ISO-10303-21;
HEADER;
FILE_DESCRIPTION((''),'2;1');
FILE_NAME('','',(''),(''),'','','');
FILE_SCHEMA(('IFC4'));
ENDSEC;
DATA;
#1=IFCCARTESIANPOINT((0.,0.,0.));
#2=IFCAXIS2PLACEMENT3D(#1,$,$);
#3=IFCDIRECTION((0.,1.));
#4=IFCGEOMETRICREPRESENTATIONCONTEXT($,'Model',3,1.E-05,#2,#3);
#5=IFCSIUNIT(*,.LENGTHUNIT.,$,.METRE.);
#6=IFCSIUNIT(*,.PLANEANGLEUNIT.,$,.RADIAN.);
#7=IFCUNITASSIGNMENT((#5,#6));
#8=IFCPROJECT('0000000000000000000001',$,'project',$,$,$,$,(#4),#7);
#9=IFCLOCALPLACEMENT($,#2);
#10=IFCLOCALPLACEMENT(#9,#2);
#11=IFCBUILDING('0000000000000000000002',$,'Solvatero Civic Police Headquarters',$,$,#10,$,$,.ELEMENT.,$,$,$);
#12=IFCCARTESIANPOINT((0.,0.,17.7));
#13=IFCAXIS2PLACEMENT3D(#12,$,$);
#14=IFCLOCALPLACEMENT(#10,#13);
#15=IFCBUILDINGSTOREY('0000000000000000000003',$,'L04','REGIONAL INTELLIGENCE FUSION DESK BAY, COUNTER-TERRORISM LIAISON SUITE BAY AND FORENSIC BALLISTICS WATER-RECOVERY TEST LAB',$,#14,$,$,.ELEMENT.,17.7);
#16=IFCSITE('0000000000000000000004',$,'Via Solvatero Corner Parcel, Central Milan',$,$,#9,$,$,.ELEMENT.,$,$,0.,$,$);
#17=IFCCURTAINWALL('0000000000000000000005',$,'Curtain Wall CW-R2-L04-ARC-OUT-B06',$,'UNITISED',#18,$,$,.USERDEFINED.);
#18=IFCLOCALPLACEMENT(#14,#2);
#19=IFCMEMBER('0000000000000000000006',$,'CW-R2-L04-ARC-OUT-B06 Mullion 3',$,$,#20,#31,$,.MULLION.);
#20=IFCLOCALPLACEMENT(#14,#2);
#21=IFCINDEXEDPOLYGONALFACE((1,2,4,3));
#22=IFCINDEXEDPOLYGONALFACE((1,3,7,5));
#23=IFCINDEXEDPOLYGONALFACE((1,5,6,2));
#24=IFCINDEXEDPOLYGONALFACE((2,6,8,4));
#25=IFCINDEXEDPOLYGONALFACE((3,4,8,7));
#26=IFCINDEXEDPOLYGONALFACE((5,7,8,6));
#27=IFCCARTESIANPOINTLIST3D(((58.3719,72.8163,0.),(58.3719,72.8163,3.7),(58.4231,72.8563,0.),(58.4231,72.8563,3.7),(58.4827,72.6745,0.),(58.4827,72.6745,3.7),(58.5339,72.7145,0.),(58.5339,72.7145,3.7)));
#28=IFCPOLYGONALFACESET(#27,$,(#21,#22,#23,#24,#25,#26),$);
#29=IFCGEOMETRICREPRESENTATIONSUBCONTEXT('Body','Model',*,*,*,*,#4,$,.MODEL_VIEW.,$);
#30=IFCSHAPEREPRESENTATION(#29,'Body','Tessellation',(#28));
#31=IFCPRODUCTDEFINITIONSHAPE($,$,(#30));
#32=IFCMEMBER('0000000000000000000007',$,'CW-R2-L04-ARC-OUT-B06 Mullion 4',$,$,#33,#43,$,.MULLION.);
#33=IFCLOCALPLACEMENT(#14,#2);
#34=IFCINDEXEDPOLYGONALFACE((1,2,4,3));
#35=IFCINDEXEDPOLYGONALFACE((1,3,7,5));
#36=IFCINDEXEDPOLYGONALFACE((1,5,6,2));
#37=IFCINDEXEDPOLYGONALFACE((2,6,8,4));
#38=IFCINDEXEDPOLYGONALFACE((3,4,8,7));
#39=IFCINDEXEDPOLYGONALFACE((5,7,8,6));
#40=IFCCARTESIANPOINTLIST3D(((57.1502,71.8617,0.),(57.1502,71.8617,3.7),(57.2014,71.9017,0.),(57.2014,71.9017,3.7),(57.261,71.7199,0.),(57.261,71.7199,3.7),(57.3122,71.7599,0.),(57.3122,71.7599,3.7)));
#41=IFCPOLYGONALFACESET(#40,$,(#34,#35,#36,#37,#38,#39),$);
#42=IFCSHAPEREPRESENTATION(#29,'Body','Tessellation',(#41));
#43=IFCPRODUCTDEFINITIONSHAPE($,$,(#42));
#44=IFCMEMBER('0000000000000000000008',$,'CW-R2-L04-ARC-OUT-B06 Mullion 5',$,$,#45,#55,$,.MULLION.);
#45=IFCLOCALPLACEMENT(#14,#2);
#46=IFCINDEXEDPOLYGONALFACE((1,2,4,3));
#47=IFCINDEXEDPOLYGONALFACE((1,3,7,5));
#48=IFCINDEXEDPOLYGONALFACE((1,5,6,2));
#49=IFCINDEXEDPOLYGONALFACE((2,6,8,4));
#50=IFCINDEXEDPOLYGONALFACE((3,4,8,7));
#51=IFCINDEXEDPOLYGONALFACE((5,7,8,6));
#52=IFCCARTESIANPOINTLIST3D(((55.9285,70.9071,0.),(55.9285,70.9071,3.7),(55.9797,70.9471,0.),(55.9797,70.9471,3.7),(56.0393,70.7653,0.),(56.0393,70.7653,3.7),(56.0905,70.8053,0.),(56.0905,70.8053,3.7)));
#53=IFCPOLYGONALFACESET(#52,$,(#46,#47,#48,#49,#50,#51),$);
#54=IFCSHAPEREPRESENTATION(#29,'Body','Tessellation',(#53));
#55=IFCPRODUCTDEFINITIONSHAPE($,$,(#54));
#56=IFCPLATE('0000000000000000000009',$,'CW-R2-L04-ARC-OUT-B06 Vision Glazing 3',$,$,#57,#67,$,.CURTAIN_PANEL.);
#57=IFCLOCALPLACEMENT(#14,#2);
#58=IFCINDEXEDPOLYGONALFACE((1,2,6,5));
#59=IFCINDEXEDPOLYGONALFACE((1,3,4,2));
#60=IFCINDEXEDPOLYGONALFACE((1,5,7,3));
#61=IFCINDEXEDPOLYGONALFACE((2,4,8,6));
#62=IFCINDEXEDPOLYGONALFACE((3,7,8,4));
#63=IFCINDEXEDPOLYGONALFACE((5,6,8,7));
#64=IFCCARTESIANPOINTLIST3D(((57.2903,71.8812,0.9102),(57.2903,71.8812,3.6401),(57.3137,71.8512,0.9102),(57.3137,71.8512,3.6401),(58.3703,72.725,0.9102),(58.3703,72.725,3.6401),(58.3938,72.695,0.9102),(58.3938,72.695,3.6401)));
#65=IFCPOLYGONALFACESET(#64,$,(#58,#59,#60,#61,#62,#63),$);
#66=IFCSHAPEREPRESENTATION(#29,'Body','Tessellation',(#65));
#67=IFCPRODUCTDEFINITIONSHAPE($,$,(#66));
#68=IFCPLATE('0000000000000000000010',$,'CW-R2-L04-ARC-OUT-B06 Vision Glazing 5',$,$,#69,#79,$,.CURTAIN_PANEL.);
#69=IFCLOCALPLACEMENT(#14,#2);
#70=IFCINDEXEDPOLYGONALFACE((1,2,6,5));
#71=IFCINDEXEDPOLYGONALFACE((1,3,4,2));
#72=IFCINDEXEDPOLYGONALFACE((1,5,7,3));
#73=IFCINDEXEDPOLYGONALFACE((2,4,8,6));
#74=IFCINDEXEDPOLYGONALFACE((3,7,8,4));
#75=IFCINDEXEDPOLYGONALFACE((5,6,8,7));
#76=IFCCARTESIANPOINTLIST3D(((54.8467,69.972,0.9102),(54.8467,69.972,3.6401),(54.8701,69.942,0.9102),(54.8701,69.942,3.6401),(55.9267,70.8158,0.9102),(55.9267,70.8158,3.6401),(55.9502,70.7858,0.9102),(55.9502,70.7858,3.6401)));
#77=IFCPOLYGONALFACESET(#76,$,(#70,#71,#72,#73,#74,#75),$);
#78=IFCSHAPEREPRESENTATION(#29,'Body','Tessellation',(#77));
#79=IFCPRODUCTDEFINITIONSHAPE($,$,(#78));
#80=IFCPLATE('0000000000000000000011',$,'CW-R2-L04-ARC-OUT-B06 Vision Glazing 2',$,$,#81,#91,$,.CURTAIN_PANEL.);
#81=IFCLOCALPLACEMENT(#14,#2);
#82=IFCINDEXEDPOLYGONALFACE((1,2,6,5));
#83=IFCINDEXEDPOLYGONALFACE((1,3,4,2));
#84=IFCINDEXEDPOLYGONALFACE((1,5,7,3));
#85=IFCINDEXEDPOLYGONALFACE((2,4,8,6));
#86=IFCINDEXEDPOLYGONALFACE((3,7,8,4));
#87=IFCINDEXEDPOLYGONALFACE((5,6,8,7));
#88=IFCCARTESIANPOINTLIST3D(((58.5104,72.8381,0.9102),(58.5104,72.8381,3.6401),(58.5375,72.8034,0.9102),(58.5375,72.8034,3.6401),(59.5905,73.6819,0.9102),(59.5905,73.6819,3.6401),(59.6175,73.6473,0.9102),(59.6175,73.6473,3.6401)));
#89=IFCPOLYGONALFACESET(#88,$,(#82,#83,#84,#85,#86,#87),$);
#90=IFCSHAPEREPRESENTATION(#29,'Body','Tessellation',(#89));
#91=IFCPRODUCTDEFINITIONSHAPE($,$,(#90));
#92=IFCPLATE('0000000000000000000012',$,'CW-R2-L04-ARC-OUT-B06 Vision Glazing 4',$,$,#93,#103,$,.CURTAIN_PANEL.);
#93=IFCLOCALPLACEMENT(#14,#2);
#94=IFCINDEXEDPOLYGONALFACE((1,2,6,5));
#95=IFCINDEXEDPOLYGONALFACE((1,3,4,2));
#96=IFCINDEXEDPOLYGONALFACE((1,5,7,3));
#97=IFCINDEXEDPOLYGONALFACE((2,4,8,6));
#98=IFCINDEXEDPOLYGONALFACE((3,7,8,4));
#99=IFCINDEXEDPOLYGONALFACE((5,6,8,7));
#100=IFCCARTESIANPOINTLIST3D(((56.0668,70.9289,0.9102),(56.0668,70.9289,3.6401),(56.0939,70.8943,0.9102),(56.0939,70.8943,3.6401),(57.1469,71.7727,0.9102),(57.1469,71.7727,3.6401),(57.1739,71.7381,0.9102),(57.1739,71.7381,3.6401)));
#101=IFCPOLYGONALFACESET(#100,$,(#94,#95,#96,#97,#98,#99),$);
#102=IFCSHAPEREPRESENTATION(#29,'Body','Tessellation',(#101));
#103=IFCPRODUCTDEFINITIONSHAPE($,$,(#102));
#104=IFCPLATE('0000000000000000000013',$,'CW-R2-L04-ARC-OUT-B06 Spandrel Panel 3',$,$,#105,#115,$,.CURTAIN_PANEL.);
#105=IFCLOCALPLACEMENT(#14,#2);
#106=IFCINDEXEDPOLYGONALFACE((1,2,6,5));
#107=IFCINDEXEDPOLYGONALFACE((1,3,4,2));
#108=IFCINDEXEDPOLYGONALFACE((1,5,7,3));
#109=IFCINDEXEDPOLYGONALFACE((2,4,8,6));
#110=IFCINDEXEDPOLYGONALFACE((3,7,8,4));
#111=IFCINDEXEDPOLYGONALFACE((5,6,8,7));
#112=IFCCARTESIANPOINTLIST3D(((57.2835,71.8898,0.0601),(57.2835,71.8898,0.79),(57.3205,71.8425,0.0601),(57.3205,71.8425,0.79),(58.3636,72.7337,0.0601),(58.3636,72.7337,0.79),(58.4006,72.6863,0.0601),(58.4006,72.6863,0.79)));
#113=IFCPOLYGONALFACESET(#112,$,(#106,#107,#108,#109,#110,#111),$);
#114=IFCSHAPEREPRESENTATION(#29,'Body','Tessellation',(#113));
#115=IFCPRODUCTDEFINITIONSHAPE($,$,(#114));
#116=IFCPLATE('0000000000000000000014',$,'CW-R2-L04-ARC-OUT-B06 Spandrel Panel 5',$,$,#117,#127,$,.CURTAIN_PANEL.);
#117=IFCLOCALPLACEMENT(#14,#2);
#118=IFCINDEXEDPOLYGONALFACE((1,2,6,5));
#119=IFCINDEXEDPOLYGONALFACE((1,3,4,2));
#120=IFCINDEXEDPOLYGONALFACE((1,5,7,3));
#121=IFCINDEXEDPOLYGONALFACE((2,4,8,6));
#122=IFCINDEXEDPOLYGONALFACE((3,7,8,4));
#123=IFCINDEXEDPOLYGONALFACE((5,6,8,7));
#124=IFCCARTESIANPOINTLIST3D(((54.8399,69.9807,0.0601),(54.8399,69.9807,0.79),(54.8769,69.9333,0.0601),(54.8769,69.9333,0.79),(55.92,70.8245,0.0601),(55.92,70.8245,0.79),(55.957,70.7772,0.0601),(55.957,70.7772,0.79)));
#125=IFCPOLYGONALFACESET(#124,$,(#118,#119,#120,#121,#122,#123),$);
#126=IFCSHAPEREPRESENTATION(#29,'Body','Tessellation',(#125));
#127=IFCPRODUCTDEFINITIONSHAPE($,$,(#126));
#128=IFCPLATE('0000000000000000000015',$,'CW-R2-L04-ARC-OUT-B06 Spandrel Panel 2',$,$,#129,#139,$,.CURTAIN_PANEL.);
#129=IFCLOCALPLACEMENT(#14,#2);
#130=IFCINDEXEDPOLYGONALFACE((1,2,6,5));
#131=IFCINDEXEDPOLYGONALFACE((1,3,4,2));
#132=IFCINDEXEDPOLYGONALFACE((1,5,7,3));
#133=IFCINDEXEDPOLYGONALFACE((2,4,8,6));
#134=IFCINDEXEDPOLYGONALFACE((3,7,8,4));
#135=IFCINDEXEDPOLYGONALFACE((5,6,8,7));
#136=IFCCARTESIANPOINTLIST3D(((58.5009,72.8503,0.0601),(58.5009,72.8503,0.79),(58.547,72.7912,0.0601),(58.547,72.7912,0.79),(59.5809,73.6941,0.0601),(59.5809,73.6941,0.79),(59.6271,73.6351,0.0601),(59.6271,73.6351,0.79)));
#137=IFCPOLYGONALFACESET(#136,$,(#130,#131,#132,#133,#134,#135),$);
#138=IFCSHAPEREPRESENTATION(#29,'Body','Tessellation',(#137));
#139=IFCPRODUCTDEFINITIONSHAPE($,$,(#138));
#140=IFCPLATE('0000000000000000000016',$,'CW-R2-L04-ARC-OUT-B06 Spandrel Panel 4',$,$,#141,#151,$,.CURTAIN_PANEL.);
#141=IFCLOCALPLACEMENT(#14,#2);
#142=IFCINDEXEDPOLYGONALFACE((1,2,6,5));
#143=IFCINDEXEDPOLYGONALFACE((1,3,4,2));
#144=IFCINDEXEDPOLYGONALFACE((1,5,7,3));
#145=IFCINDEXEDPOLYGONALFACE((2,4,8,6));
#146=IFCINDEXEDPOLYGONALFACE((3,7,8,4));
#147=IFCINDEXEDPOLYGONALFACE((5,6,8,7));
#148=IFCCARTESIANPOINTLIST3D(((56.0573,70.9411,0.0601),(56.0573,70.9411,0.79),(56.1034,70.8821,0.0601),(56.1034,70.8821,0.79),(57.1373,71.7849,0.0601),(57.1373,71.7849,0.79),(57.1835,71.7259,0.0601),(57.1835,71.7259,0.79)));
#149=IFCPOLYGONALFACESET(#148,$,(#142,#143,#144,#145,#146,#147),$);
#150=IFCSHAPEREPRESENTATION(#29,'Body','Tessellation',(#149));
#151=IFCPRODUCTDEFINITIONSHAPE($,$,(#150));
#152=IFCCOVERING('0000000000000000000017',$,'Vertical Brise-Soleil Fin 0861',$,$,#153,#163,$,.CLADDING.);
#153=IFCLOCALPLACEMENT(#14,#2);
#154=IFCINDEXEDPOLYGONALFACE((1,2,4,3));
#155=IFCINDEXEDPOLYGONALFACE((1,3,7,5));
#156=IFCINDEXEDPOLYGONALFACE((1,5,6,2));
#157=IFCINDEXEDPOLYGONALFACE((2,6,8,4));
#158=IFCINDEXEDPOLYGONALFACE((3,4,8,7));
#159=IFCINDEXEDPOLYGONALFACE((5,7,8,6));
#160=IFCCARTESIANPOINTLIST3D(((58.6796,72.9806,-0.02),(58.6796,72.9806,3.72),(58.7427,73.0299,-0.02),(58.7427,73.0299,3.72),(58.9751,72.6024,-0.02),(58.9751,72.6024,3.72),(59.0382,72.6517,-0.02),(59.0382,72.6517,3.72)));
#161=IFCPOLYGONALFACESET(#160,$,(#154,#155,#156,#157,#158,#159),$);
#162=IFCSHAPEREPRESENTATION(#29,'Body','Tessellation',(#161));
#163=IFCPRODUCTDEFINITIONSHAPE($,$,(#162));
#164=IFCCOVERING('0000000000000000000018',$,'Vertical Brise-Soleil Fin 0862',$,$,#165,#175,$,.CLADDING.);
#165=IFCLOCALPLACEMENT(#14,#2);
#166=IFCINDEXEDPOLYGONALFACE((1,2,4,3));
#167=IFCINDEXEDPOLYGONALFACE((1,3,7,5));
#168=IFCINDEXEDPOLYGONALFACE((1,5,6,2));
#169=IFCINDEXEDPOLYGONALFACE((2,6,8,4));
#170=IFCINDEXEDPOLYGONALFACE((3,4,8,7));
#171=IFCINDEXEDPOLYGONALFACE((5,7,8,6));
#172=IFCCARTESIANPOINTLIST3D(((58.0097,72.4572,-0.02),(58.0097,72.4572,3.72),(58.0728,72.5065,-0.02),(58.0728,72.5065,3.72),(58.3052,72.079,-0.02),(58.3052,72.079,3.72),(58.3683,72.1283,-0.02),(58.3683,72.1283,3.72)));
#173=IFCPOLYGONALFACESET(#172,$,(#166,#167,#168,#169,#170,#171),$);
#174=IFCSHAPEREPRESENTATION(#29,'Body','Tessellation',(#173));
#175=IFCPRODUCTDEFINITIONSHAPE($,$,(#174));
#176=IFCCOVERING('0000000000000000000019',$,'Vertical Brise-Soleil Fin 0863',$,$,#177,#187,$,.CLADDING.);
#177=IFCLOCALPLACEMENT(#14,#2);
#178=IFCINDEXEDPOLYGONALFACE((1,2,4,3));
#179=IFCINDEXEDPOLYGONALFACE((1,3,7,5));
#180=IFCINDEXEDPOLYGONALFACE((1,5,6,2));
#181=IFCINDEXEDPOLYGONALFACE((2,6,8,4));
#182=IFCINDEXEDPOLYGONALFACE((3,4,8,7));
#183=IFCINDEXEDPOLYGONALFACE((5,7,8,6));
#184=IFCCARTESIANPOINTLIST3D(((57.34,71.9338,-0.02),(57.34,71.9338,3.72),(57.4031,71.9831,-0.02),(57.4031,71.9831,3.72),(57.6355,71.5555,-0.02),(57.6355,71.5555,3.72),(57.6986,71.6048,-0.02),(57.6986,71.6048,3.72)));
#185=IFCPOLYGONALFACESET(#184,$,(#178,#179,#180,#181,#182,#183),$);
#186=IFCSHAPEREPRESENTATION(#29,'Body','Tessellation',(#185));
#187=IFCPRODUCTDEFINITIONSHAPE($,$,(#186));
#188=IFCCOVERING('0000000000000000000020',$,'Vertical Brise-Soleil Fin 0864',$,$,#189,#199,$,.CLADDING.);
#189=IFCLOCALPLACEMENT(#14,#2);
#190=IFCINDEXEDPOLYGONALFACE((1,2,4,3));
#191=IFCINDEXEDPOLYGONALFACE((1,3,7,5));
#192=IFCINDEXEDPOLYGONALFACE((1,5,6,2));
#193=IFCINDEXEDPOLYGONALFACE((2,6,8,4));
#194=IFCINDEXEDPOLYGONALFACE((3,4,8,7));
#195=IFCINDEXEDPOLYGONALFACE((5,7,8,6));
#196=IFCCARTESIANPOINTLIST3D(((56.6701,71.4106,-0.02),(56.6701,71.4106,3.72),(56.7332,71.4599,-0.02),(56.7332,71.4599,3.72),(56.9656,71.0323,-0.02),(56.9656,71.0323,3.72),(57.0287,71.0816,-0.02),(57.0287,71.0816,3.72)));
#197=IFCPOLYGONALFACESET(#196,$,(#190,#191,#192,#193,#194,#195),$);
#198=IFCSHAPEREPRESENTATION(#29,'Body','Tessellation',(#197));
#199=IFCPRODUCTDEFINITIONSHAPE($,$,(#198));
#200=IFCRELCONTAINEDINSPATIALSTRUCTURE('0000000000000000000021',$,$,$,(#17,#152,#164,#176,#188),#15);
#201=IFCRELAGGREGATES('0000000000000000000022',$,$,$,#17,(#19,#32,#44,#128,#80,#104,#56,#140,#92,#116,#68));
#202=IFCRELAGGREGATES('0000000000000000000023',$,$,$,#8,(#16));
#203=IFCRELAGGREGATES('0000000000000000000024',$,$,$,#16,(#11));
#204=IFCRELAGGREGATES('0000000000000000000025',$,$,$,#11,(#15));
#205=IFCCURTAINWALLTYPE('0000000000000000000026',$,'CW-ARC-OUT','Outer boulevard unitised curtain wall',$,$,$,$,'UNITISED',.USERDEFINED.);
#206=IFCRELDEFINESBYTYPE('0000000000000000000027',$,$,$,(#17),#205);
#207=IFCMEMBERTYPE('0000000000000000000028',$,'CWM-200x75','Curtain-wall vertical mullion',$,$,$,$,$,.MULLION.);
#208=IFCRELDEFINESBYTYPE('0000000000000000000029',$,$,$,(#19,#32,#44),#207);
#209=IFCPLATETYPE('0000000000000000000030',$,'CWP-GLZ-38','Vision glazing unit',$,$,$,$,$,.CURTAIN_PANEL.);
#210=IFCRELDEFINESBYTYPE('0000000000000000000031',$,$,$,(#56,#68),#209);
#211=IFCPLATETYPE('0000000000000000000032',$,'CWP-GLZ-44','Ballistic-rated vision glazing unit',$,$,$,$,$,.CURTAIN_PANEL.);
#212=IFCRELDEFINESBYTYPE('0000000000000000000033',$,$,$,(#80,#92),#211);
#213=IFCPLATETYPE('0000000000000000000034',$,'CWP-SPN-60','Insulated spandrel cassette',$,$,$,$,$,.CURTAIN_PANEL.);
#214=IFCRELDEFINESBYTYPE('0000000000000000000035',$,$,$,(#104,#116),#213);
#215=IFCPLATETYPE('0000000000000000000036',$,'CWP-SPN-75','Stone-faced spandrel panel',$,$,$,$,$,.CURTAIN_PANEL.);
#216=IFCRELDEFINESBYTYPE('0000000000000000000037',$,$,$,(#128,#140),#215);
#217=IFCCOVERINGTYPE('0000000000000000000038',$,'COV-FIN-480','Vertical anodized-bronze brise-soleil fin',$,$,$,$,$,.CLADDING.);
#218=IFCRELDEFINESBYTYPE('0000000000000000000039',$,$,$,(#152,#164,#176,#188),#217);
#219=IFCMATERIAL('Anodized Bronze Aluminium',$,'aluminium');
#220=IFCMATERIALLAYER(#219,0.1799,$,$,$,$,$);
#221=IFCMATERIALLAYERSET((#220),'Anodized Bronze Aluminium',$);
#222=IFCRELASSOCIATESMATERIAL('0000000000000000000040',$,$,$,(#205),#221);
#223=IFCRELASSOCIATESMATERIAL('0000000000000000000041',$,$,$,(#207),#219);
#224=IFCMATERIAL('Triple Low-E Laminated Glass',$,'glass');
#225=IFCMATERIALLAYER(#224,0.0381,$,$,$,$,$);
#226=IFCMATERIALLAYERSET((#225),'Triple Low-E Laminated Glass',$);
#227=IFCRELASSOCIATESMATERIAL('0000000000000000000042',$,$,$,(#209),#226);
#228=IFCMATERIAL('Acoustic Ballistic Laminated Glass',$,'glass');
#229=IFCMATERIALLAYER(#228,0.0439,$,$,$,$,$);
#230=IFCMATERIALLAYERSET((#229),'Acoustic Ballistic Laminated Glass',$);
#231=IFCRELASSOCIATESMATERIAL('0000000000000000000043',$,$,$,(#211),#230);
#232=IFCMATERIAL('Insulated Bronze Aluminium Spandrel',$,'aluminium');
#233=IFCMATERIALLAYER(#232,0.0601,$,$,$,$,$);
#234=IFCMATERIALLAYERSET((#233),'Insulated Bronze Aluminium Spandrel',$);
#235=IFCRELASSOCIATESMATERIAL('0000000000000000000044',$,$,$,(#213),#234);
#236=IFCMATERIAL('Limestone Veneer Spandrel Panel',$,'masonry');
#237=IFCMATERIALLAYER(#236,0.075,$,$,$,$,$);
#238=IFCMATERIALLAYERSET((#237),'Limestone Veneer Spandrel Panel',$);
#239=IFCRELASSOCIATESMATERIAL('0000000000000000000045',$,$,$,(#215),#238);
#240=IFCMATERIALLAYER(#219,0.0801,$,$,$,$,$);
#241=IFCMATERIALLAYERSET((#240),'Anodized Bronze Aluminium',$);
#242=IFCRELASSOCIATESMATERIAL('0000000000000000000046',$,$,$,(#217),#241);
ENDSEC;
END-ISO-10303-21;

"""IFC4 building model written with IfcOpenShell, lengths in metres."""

from ifc_helpers import new_model, si_unit, direction, frame, origin, origin_2d, place, context, subcontext, project, spatial, rectangle, extrude, material, layer, layer_set, material_profile, profile_set, type_object, element, aggregate, save


model = new_model("IFC4")

# Units and contexts
model_context = context("Model", 3, precision=1e-05, world=origin(), true_north=direction((0.0, 1.0)))
body_context = subcontext(model_context, "Body", "Model", "MODEL_VIEW")
ifc_project = project(units=[si_unit("LENGTHUNIT", "METRE"), si_unit("PLANEANGLEUNIT", "RADIAN")], contexts=[model_context])

# Site, building, storey
site_placement = place(None, origin())
site = spatial("IfcSite", under=ifc_project, at=site_placement, Name="Via Solvatero Corner Parcel, Central Milan", CompositionType="ELEMENT", RefElevation=0.0)
building_placement = place(site_placement, origin())
building = spatial("IfcBuilding", under=site, at=building_placement, Name="Solvatero Civic Police Headquarters", CompositionType="ELEMENT")
storey_placement = place(building_placement, frame((0.0, 0.0, 17.7)))
storey = spatial("IfcBuildingStorey", under=building, at=storey_placement, Name="L04", Description="REGIONAL INTELLIGENCE FUSION DESK BAY, COUNTER-TERRORISM LIAISON SUITE BAY AND FORENSIC BALLISTICS WATER-RECOVERY TEST LAB", CompositionType="ELEMENT", Elevation=17.7)

# Curtain wall, members, plates
ifc_material_1 = material(Name="Anodized Bronze Aluminium", Category="aluminium")
ifc_layer_1 = layer(ifc_material_1, 0.1799)
ifc_layer_set_1 = layer_set([ifc_layer_1], Name="Anodized Bronze Aluminium")
curtain_wall_type = type_object("IfcCurtainWallType", Name="CW-ARC-OUT", Description="Outer boulevard unitised curtain wall", ElementType="UNITISED", PredefinedType="USERDEFINED", material=ifc_layer_set_1)
curtain_wall_placement = place(storey_placement, origin())
curtain_wall = element("IfcCurtainWall", 1, at=curtain_wall_placement, inside=storey, type_object=curtain_wall_type, Name="Curtain Wall CW-R2-L04-ARC-OUT-B06", ObjectType="UNITISED", PredefinedType="USERDEFINED")
ifc_material_profile = material_profile(ifc_material_1, rectangle(XDim=0.0649, YDim=0.1799, at=origin_2d()), Name="ALU MULLION 65x180")
ifc_profile_set = profile_set([ifc_material_profile], Name="Anodized Bronze Aluminium")
member_type = type_object("IfcMemberType", Name="CWM-200x75", Description="Curtain-wall vertical mullion", PredefinedType="MULLION", material=ifc_profile_set)
member_1_placement = place(storey_placement, frame((58.4529, 72.7654, 0.0), z_axis=(0.0, 0.0, 1.0), x_axis=(-0.788011, -0.615661, 0.0)))
member_1 = element("IfcMember", 2, at=member_1_placement, type_object=member_type, Name="CW-R2-L04-ARC-OUT-B06 Mullion 3", PredefinedType="MULLION", context=body_context, shape_type="SweptSolid", body=[
    extrude(rectangle(XDim=0.0649, YDim=0.1799, at=origin_2d()), origin(), (0.0, 0.0, 1.0), 3.7),
])
member_2_placement = place(storey_placement, frame((57.2312, 71.8108, 0.0), z_axis=(0.0, 0.0, 1.0), x_axis=(-0.788011, -0.615661, 0.0)))
member_2 = element("IfcMember", 3, at=member_2_placement, type_object=member_type, Name="CW-R2-L04-ARC-OUT-B06 Mullion 4", PredefinedType="MULLION", context=body_context, shape_type="SweptSolid", body=[
    extrude(rectangle(XDim=0.0649, YDim=0.1799, at=origin_2d()), origin(), (0.0, 0.0, 1.0), 3.7),
])
member_3_placement = place(storey_placement, frame((56.0095, 70.8562, 0.0), z_axis=(0.0, 0.0, 1.0), x_axis=(-0.788011, -0.615661, 0.0)))
member_3 = element("IfcMember", 4, at=member_3_placement, type_object=member_type, Name="CW-R2-L04-ARC-OUT-B06 Mullion 5", PredefinedType="MULLION", context=body_context, shape_type="SweptSolid", body=[
    extrude(rectangle(XDim=0.0649, YDim=0.1799, at=origin_2d()), origin(), (0.0, 0.0, 1.0), 3.7),
])
ifc_material_2 = material(Name="Triple Low-E Laminated Glass", Category="glass")
ifc_layer_2 = layer(ifc_material_2, 0.0381)
ifc_layer_set_2 = layer_set([ifc_layer_2], Name="Triple Low-E Laminated Glass")
plate_type_1 = type_object("IfcPlateType", Name="CWP-GLZ-38", Description="Vision glazing unit", PredefinedType="CURTAIN_PANEL", material=ifc_layer_set_2)
plate_1_placement = place(storey_placement, frame((57.842, 72.2881, 0.9102), z_axis=(0.0, 0.0, 1.0), x_axis=(-0.788011, -0.615661, 0.0)))
plate_1 = element("IfcPlate", 5, at=plate_1_placement, type_object=plate_type_1, Name="CW-R2-L04-ARC-OUT-B06 Vision Glazing 3", PredefinedType="CURTAIN_PANEL", context=body_context, shape_type="SweptSolid", body=[
    extrude(rectangle(XDim=1.3706, YDim=0.0381, at=origin_2d()), origin(), (0.0, 0.0, 1.0), 2.73),
])
plate_2_placement = place(storey_placement, frame((55.3984, 70.3789, 0.9102), z_axis=(0.0, 0.0, 1.0), x_axis=(-0.788011, -0.615661, 0.0)))
plate_2 = element("IfcPlate", 6, at=plate_2_placement, type_object=plate_type_1, Name="CW-R2-L04-ARC-OUT-B06 Vision Glazing 5", PredefinedType="CURTAIN_PANEL", context=body_context, shape_type="SweptSolid", body=[
    extrude(rectangle(XDim=1.3706, YDim=0.0381, at=origin_2d()), origin(), (0.0, 0.0, 1.0), 2.73),
])
ifc_material_3 = material(Name="Acoustic Ballistic Laminated Glass", Category="glass")
ifc_layer_3 = layer(ifc_material_3, 0.0439)
ifc_layer_set_3 = layer_set([ifc_layer_3], Name="Acoustic Ballistic Laminated Glass")
plate_type_2 = type_object("IfcPlateType", Name="CWP-GLZ-44", Description="Ballistic-rated vision glazing unit", PredefinedType="CURTAIN_PANEL", material=ifc_layer_set_3)
plate_3_placement = place(storey_placement, frame((59.064, 73.2427, 0.9102), z_axis=(0.0, 0.0, 1.0), x_axis=(-0.788011, -0.615661, 0.0)))
plate_3 = element("IfcPlate", 7, at=plate_3_placement, type_object=plate_type_2, Name="CW-R2-L04-ARC-OUT-B06 Vision Glazing 2", PredefinedType="CURTAIN_PANEL", context=body_context, shape_type="SweptSolid", body=[
    extrude(rectangle(XDim=1.3706, YDim=0.0439, at=origin_2d()), origin(), (0.0, 0.0, 1.0), 2.73),
])
plate_4_placement = place(storey_placement, frame((56.6204, 71.3335, 0.9102), z_axis=(0.0, 0.0, 1.0), x_axis=(-0.788011, -0.615661, 0.0)))
plate_4 = element("IfcPlate", 8, at=plate_4_placement, type_object=plate_type_2, Name="CW-R2-L04-ARC-OUT-B06 Vision Glazing 4", PredefinedType="CURTAIN_PANEL", context=body_context, shape_type="SweptSolid", body=[
    extrude(rectangle(XDim=1.3706, YDim=0.0439, at=origin_2d()), origin(), (0.0, 0.0, 1.0), 2.73),
])
ifc_material_4 = material(Name="Insulated Bronze Aluminium Spandrel", Category="aluminium")
ifc_layer_4 = layer(ifc_material_4, 0.0601)
ifc_layer_set_4 = layer_set([ifc_layer_4], Name="Insulated Bronze Aluminium Spandrel")
plate_type_3 = type_object("IfcPlateType", Name="CWP-SPN-60", Description="Insulated spandrel cassette", PredefinedType="CURTAIN_PANEL", material=ifc_layer_set_4)
plate_5_placement = place(storey_placement, frame((57.842, 72.2881, 0.0601), z_axis=(0.0, 0.0, 1.0), x_axis=(-0.788011, -0.615661, 0.0)))
plate_5 = element("IfcPlate", 9, at=plate_5_placement, type_object=plate_type_3, Name="CW-R2-L04-ARC-OUT-B06 Spandrel Panel 3", PredefinedType="CURTAIN_PANEL", context=body_context, shape_type="SweptSolid", body=[
    extrude(rectangle(XDim=1.3706, YDim=0.0601, at=origin_2d()), origin(), (0.0, 0.0, 1.0), 0.73),
])
plate_6_placement = place(storey_placement, frame((55.3984, 70.3789, 0.0601), z_axis=(0.0, 0.0, 1.0), x_axis=(-0.788011, -0.615661, 0.0)))
plate_6 = element("IfcPlate", 10, at=plate_6_placement, type_object=plate_type_3, Name="CW-R2-L04-ARC-OUT-B06 Spandrel Panel 5", PredefinedType="CURTAIN_PANEL", context=body_context, shape_type="SweptSolid", body=[
    extrude(rectangle(XDim=1.3706, YDim=0.0601, at=origin_2d()), origin(), (0.0, 0.0, 1.0), 0.73),
])
ifc_material_5 = material(Name="Limestone Veneer Spandrel Panel", Category="masonry")
ifc_layer_5 = layer(ifc_material_5, 0.075)
ifc_layer_set_5 = layer_set([ifc_layer_5], Name="Limestone Veneer Spandrel Panel")
plate_type_4 = type_object("IfcPlateType", Name="CWP-SPN-75", Description="Stone-faced spandrel panel", PredefinedType="CURTAIN_PANEL", material=ifc_layer_set_5)
plate_7_placement = place(storey_placement, frame((59.064, 73.2427, 0.0601), z_axis=(0.0, 0.0, 1.0), x_axis=(-0.788011, -0.615661, 0.0)))
plate_7 = element("IfcPlate", 11, at=plate_7_placement, type_object=plate_type_4, Name="CW-R2-L04-ARC-OUT-B06 Spandrel Panel 2", PredefinedType="CURTAIN_PANEL", context=body_context, shape_type="SweptSolid", body=[
    extrude(rectangle(XDim=1.3706, YDim=0.075, at=origin_2d()), origin(), (0.0, 0.0, 1.0), 0.73),
])
plate_8_placement = place(storey_placement, frame((56.6204, 71.3335, 0.0601), z_axis=(0.0, 0.0, 1.0), x_axis=(-0.788011, -0.615661, 0.0)))
plate_8 = element("IfcPlate", 12, at=plate_8_placement, type_object=plate_type_4, Name="CW-R2-L04-ARC-OUT-B06 Spandrel Panel 4", PredefinedType="CURTAIN_PANEL", context=body_context, shape_type="SweptSolid", body=[
    extrude(rectangle(XDim=1.3706, YDim=0.075, at=origin_2d()), origin(), (0.0, 0.0, 1.0), 0.73),
])
aggregate(curtain_wall, [member_1, member_2, member_3, plate_7, plate_3, plate_5, plate_1, plate_8, plate_4, plate_6, plate_2])

# Coverings
ifc_layer_6 = layer(ifc_material_1, 0.0801)
ifc_layer_set_6 = layer_set([ifc_layer_6], Name="Anodized Bronze Aluminium")
covering_type = type_object("IfcCoveringType", Name="COV-FIN-480", Description="Vertical anodized-bronze brise-soleil fin", PredefinedType="CLADDING", material=ifc_layer_set_6)
for number, where, z_axis, x_axis, name in (
    (13, (58.8589, 72.8162, -0.02), (0.0, 0.0, 1.0), (-0.788011, -0.615661, 0.0), "Vertical Brise-Soleil Fin 0861"),
    (14, (58.189, 72.2927, -0.02), (0.0, 0.0, 1.0), (-0.788011, -0.615661, 0.0), "Vertical Brise-Soleil Fin 0862"),
    (15, (57.5193, 71.7693, -0.02), (0.0, 0.0, 1.0), (-0.788011, -0.615661, 0.0), "Vertical Brise-Soleil Fin 0863"),
    (16, (56.8494, 71.2461, -0.02), (0.0, 0.0, 1.0), (-0.788011, -0.615661, 0.0), "Vertical Brise-Soleil Fin 0864"),
):
    element("IfcCovering", number, at=place(storey_placement, frame(where, z_axis=z_axis, x_axis=x_axis)), inside=storey, type_object=covering_type, Name=name, PredefinedType="CLADDING", context=body_context, shape_type="SweptSolid", body=[
        extrude(rectangle(XDim=0.0801, YDim=0.48, at=origin_2d()), origin(), (0.0, 0.0, 1.0), 3.74),
    ])

save(model, "model.ifc")
